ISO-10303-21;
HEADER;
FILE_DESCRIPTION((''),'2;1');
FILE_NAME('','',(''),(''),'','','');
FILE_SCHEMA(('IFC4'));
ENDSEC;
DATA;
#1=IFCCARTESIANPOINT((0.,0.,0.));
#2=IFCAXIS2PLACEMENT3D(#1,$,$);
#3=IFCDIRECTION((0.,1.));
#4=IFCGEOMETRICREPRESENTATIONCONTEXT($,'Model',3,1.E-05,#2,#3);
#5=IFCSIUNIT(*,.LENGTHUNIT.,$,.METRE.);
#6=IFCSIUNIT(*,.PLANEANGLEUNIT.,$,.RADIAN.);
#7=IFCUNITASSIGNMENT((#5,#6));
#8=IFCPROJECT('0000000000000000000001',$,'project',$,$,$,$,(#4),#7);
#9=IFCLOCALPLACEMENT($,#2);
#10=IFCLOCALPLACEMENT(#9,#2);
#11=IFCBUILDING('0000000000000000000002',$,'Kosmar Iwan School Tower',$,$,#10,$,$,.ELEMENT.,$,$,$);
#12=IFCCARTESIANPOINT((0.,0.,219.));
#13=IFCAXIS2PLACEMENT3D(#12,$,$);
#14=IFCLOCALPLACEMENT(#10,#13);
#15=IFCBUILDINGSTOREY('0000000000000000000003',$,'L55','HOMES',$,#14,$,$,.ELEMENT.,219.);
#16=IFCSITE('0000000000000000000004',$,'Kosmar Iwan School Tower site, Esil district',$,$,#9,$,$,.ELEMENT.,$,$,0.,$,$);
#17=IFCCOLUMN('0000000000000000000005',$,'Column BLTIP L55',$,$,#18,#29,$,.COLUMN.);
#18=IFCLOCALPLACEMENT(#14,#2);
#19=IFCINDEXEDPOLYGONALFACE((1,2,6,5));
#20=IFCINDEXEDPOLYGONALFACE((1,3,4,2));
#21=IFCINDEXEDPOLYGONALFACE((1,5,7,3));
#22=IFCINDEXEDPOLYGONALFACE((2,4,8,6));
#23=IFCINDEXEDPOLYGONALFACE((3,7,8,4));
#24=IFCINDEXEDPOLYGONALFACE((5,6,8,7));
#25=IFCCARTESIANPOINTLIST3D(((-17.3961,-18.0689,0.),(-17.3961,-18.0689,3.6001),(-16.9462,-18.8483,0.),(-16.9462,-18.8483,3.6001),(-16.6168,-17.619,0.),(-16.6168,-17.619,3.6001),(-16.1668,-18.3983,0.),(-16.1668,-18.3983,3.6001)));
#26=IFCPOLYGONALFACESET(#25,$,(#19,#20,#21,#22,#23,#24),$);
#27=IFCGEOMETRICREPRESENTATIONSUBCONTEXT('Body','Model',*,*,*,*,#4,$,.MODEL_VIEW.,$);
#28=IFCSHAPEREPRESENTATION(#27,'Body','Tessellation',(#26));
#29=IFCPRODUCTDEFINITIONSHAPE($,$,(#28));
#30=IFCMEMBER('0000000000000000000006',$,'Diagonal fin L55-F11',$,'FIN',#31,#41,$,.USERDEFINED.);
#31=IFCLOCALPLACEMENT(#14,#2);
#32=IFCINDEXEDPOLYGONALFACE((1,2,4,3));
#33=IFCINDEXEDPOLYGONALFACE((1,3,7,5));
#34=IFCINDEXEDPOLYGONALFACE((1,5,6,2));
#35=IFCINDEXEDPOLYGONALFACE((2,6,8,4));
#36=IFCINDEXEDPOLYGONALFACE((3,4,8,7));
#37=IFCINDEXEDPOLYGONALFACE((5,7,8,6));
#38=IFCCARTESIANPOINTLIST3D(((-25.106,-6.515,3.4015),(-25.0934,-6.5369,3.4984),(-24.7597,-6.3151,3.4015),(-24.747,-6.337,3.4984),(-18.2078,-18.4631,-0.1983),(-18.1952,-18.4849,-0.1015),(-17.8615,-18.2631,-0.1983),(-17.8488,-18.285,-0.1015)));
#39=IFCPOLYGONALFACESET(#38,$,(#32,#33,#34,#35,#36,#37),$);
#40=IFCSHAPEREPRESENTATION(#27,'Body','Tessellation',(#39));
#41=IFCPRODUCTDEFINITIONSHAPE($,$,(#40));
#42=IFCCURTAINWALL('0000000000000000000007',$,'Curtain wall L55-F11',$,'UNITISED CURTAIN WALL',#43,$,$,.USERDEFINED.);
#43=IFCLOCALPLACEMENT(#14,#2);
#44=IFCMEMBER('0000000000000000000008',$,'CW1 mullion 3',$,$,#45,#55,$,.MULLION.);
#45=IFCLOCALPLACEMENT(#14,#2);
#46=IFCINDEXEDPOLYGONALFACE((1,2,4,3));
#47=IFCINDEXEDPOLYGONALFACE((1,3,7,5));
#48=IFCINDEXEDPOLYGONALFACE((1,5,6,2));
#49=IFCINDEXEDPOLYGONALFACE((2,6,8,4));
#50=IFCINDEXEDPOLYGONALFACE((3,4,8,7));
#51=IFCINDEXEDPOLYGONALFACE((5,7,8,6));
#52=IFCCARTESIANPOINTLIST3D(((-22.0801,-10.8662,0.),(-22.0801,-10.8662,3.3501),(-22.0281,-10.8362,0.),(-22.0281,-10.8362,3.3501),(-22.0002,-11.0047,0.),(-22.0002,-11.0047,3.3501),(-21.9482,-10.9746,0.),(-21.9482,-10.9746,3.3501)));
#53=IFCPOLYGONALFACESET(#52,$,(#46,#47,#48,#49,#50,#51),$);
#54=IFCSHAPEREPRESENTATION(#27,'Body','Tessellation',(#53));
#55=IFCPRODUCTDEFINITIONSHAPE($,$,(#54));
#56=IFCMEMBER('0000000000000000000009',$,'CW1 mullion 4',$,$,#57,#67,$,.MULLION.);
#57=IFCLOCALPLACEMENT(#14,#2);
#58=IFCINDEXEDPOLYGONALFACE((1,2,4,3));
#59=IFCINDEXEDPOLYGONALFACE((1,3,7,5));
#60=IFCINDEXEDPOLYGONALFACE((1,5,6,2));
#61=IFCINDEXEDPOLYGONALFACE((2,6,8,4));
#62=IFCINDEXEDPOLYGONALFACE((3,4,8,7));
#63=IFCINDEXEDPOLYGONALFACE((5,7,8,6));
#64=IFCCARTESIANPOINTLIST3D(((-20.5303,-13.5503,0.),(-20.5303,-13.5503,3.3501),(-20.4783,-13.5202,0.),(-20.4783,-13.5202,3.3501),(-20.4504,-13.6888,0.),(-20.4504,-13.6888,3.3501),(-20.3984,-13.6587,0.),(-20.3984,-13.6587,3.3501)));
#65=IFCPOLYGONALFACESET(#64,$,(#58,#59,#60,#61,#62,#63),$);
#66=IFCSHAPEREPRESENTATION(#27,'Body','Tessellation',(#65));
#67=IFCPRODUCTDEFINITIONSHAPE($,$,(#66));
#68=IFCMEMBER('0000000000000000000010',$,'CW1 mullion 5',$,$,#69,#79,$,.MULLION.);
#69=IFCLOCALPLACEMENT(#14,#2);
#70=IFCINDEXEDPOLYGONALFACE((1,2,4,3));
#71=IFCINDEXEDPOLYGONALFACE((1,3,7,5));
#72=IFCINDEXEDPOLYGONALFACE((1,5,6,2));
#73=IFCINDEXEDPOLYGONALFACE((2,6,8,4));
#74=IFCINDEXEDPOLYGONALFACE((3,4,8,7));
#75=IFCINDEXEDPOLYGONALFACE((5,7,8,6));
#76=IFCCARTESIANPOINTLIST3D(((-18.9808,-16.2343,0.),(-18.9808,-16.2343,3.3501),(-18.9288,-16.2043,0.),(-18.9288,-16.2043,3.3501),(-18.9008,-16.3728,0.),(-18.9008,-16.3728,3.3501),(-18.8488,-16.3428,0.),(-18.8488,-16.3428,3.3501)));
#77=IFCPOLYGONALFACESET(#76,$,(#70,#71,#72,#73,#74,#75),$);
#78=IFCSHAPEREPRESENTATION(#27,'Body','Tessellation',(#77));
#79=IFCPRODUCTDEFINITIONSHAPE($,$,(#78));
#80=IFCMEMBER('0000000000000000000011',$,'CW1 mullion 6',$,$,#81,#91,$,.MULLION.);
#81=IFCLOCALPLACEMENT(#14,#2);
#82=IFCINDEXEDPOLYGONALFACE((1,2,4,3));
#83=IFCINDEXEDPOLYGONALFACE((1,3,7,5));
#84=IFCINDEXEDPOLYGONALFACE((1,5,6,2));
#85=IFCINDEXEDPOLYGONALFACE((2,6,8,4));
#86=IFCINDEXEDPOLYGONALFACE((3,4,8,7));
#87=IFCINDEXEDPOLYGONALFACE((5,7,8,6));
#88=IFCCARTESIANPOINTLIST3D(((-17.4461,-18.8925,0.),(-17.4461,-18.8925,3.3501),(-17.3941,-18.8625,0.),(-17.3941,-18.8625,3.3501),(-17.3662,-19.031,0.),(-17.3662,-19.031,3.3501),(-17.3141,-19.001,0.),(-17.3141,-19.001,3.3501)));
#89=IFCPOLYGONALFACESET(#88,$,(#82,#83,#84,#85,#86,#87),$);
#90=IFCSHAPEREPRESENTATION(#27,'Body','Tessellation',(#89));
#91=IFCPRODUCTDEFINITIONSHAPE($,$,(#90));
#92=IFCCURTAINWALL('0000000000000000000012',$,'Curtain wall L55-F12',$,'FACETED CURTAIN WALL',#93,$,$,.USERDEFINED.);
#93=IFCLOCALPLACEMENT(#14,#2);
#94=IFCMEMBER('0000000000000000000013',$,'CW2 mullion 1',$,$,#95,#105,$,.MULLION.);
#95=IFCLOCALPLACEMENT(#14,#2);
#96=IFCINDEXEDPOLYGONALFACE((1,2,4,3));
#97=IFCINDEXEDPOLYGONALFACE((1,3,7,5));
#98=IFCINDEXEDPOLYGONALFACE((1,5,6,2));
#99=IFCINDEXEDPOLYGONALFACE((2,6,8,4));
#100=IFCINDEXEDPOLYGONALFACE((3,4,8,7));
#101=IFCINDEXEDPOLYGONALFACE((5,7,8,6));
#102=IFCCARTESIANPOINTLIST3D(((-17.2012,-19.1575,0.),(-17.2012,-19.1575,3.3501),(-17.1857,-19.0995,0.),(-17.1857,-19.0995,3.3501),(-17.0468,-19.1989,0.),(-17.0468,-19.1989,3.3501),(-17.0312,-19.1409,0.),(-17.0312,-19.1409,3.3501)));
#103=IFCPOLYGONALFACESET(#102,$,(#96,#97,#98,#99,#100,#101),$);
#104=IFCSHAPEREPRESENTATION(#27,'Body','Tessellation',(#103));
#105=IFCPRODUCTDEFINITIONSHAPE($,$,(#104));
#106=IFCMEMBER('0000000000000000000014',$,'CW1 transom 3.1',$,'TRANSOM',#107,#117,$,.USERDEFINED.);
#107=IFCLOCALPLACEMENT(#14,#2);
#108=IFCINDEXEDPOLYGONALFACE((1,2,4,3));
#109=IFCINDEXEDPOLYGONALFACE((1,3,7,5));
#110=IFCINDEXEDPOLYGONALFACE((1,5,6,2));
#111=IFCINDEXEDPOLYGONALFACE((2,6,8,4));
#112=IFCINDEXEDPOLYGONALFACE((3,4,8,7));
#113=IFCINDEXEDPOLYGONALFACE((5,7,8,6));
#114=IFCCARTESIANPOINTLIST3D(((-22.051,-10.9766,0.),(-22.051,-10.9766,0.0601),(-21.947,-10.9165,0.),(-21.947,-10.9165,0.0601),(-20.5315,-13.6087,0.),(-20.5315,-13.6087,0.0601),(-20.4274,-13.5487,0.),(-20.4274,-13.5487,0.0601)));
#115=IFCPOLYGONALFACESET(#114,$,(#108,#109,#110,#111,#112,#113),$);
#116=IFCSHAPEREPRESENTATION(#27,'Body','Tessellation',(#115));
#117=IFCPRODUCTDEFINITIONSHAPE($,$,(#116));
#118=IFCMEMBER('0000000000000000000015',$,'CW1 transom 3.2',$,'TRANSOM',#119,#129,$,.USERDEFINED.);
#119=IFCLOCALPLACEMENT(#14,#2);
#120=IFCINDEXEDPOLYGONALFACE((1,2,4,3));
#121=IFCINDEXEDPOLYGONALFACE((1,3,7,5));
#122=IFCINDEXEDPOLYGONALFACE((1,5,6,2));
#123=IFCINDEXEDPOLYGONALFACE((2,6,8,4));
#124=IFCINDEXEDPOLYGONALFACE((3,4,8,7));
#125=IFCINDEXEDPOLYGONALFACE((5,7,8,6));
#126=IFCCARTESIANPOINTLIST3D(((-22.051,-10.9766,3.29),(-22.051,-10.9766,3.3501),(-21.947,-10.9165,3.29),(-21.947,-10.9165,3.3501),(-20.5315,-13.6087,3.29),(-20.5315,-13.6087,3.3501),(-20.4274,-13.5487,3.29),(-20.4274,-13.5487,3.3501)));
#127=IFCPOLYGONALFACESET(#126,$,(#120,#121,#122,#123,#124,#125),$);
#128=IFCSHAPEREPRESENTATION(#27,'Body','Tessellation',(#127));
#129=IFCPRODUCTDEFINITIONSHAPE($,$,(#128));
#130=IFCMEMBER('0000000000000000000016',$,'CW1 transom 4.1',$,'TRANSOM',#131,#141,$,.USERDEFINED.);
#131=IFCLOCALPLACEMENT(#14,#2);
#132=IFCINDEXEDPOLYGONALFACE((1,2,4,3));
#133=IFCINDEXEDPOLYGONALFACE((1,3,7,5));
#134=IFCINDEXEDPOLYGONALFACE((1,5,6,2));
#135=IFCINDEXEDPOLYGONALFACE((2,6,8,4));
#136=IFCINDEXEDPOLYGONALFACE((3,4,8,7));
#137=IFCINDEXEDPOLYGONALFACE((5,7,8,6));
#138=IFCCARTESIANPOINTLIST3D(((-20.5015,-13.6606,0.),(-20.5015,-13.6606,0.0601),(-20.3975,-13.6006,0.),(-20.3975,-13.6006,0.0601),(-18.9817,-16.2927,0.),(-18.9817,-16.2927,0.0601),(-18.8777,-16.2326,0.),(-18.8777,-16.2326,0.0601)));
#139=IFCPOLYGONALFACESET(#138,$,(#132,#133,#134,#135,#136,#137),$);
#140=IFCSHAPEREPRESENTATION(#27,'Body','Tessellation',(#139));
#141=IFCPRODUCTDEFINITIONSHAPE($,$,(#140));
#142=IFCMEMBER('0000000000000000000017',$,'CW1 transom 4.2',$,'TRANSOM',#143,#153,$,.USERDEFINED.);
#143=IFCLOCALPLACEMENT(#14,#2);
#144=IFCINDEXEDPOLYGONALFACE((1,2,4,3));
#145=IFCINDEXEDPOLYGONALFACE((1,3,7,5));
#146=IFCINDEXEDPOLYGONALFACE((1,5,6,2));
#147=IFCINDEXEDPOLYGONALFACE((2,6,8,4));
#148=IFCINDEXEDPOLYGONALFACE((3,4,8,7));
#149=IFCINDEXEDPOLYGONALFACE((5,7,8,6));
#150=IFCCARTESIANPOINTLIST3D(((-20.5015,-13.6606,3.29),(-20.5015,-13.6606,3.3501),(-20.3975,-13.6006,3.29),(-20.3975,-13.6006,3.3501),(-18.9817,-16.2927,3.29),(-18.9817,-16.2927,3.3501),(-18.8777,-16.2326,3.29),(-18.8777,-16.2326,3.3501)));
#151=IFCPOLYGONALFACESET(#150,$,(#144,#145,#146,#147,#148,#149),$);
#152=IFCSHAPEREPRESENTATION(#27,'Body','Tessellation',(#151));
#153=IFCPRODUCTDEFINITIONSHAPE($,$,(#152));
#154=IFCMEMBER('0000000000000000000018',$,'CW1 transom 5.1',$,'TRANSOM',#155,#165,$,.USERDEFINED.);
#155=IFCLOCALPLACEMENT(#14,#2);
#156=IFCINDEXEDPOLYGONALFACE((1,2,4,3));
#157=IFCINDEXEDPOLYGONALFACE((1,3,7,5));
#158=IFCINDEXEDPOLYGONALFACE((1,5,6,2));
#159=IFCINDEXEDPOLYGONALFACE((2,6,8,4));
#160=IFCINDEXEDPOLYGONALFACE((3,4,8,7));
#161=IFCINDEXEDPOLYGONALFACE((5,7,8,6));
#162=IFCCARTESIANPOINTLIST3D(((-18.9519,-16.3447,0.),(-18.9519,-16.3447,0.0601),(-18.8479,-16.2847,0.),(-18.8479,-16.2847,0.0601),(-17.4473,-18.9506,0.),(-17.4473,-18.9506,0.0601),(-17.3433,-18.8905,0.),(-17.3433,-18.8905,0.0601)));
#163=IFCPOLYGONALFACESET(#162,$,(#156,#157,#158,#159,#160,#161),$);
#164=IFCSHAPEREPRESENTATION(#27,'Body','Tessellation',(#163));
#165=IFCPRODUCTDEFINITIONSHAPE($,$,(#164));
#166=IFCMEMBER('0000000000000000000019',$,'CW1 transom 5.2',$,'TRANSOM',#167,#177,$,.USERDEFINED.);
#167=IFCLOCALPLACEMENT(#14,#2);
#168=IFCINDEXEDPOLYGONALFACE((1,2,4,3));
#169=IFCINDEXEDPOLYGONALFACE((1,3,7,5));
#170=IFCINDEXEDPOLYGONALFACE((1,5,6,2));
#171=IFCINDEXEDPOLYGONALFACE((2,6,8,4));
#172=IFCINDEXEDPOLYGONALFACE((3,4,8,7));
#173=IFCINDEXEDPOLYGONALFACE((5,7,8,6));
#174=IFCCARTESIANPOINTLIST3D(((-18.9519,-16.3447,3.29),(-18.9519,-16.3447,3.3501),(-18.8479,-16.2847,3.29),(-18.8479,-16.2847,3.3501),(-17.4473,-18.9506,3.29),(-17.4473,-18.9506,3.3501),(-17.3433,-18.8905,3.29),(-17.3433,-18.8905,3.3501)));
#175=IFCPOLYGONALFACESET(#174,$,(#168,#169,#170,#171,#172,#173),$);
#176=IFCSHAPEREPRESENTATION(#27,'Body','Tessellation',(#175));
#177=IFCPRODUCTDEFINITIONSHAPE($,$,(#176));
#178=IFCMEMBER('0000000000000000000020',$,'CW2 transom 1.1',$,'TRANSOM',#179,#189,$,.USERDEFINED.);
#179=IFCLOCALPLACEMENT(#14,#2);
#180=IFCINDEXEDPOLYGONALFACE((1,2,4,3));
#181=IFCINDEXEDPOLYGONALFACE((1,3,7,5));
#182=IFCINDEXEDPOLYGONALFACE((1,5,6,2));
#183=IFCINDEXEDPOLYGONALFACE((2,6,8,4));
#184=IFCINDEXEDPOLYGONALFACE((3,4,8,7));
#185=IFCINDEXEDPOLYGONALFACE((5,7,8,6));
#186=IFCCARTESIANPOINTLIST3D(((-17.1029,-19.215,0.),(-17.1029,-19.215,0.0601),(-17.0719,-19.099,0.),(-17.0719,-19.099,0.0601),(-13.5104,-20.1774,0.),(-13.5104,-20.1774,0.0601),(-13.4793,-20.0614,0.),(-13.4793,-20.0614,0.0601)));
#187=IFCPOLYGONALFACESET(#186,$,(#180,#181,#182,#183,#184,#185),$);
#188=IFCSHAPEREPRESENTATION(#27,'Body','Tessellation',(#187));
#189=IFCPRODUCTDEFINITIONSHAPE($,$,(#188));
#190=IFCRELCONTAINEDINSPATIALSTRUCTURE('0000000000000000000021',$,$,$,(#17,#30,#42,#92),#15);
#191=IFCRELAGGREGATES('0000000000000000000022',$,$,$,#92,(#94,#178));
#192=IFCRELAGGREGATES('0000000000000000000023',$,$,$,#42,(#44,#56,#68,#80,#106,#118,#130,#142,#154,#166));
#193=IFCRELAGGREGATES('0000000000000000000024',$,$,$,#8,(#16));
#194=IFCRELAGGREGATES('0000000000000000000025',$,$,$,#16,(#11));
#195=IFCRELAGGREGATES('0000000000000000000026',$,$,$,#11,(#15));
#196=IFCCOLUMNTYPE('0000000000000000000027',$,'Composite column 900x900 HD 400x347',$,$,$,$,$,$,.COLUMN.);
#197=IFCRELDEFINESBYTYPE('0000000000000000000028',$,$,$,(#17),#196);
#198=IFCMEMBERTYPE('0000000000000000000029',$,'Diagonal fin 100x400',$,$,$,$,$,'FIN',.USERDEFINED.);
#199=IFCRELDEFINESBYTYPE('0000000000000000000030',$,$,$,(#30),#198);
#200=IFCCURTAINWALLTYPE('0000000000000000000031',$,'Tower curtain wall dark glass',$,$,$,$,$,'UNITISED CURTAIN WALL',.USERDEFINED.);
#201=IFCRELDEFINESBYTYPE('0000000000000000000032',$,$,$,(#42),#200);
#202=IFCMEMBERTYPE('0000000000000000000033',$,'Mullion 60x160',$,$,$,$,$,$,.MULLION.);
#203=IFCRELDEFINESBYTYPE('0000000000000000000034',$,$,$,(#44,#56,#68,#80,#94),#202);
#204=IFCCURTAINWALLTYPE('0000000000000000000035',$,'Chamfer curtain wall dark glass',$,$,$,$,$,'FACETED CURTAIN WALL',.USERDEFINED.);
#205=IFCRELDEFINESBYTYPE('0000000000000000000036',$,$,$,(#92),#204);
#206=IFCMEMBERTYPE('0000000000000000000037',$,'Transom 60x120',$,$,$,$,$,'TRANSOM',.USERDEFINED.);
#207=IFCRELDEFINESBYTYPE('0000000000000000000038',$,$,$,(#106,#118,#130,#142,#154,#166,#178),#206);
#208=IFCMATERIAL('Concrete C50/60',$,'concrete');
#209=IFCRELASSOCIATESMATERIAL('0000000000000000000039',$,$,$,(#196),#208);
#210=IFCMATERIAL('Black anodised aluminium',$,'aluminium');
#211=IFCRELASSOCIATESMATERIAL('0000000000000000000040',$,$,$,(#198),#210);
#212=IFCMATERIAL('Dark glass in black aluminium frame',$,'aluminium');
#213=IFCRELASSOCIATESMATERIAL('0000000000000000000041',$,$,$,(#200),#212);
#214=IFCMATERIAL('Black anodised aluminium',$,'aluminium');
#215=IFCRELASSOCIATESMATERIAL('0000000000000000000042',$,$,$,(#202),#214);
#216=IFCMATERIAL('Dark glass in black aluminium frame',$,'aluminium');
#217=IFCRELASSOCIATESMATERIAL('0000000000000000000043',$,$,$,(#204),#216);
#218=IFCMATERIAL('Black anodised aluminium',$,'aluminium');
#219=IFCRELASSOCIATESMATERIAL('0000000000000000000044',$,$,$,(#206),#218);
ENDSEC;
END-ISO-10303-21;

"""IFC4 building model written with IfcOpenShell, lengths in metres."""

from ifc_helpers import new_model, si_unit, direction, frame, origin, origin_2d, place, context, subcontext, project, spatial, rectangle, extrude, material, material_profile, profile_set, type_object, element, aggregate, save


model = new_model("IFC4")

# Units and contexts
model_context = context("Model", 3, precision=1e-05, world=origin(), true_north=direction((0.0, 1.0)))
body_context = subcontext(model_context, "Body", "Model", "MODEL_VIEW")
ifc_project = project(units=[si_unit("LENGTHUNIT", "METRE"), si_unit("PLANEANGLEUNIT", "RADIAN")], contexts=[model_context])

# Site, building, storey
site_placement = place(None, origin())
site = spatial("IfcSite", under=ifc_project, at=site_placement, Name="Kosmar Iwan School Tower site, Esil district", CompositionType="ELEMENT", RefElevation=0.0)
building_placement = place(site_placement, origin())
building = spatial("IfcBuilding", under=site, at=building_placement, Name="Kosmar Iwan School Tower", CompositionType="ELEMENT")
storey_placement = place(building_placement, frame((0.0, 0.0, 219.0)))
storey = spatial("IfcBuildingStorey", under=building, at=storey_placement, Name="L55", Description="HOMES", CompositionType="ELEMENT", Elevation=219.0)

# Column
ifc_material_1 = material(Name="Concrete C50/60", Category="concrete")
ifc_material_profile_1 = material_profile(ifc_material_1, rectangle(XDim=0.8999, YDim=0.8999, at=origin_2d()), Name="RC 900x900 + HD 400x347")
ifc_profile_set_1 = profile_set([ifc_material_profile_1], Name="Concrete C50/60")
column_type = type_object("IfcColumnType", Name="Composite column 900x900 HD 400x347", PredefinedType="COLUMN", material=ifc_profile_set_1)
column_placement = place(storey_placement, frame((-16.7815, -18.2336, 0.0), z_axis=(0.0, 0.0, 1.0), x_axis=(-0.866025, -0.5, 0.0)))
element("IfcColumn", 1, at=column_placement, inside=storey, type_object=column_type, Name="Column BLTIP L55", PredefinedType="COLUMN", context=body_context, shape_type="SweptSolid", body=[
    extrude(rectangle(XDim=0.8999, YDim=0.8999, at=origin_2d()), origin(), (0.0, 0.0, 1.0), 3.6001),
])

# Member
ifc_material_2 = material(Name="Black anodised aluminium", Category="aluminium")
ifc_material_profile_2 = material_profile(ifc_material_2, rectangle(XDim=0.1001, YDim=0.3999, at=origin_2d()), Name="FIN 100x400")
ifc_profile_set_2 = profile_set([ifc_material_profile_2], Name="Black anodised aluminium")
member_type_1 = type_object("IfcMemberType", Name="Diagonal fin 100x400", ElementType="FIN", PredefinedType="USERDEFINED", material=ifc_profile_set_2)
member_1_placement = place(storey_placement, frame((-18.0283, -18.374, -0.1499), z_axis=(-0.483802, 0.837969, 0.252475), x_axis=(0.126237, -0.218649, 0.967604)))
element("IfcMember", 2, at=member_1_placement, inside=storey, type_object=member_type_1, Name="Diagonal fin L55-F11", ObjectType="FIN", PredefinedType="USERDEFINED", context=body_context, shape_type="SweptSolid", body=[
    extrude(rectangle(XDim=0.1001, YDim=0.3999, at=origin_2d()), origin(), (0.0, 0.0, 1.0), 14.2583),
])

# Curtain wall, members
ifc_material_3 = material(Name="Dark glass in black aluminium frame", Category="aluminium")
curtain_wall_type_1 = type_object("IfcCurtainWallType", Name="Tower curtain wall dark glass", ElementType="UNITISED CURTAIN WALL", PredefinedType="USERDEFINED", material=ifc_material_3)
curtain_wall_1_placement = place(storey_placement, origin())
curtain_wall_1 = element("IfcCurtainWall", 3, at=curtain_wall_1_placement, inside=storey, type_object=curtain_wall_type_1, Name="Curtain wall L55-F11", ObjectType="UNITISED CURTAIN WALL", PredefinedType="USERDEFINED")
ifc_material_4 = material(Name="Black anodised aluminium", Category="aluminium")
ifc_material_profile_3 = material_profile(ifc_material_4, rectangle(XDim=0.0601, YDim=0.1599, at=origin_2d()), Name="MULLION 60x160")
ifc_profile_set_3 = profile_set([ifc_material_profile_3], Name="Black anodised aluminium")
member_type_2 = type_object("IfcMemberType", Name="Mullion 60x160", PredefinedType="MULLION", material=ifc_profile_set_3)
member_2_placement = place(storey_placement, frame((-22.0142, -10.9204, 0.0), z_axis=(0.0, 0.0, 1.0), x_axis=(0.866025, 0.5, 0.0)))
member_2 = element("IfcMember", 4, at=member_2_placement, type_object=member_type_2, Name="CW1 mullion 3", PredefinedType="MULLION", context=body_context, shape_type="SweptSolid", body=[
    extrude(rectangle(XDim=0.0601, YDim=0.1599, at=origin_2d()), origin(), (0.0, 0.0, 1.0), 3.3501),
])
member_3_placement = place(storey_placement, frame((-20.4644, -13.6045, 0.0), z_axis=(0.0, 0.0, 1.0), x_axis=(0.866025, 0.5, 0.0)))
member_3 = element("IfcMember", 5, at=member_3_placement, type_object=member_type_2, Name="CW1 mullion 4", PredefinedType="MULLION", context=body_context, shape_type="SweptSolid", body=[
    extrude(rectangle(XDim=0.0601, YDim=0.1599, at=origin_2d()), origin(), (0.0, 0.0, 1.0), 3.3501),
])
member_4_placement = place(storey_placement, frame((-18.9148, -16.2886, 0.0), z_axis=(0.0, 0.0, 1.0), x_axis=(0.866025, 0.5, 0.0)))
member_4 = element("IfcMember", 6, at=member_4_placement, type_object=member_type_2, Name="CW1 mullion 5", PredefinedType="MULLION", context=body_context, shape_type="SweptSolid", body=[
    extrude(rectangle(XDim=0.0601, YDim=0.1599, at=origin_2d()), origin(), (0.0, 0.0, 1.0), 3.3501),
])
member_5_placement = place(storey_placement, frame((-17.3801, -18.9468, 0.0), z_axis=(0.0, 0.0, 1.0), x_axis=(0.866025, 0.5, 0.0)))
member_5 = element("IfcMember", 7, at=member_5_placement, type_object=member_type_2, Name="CW1 mullion 6", PredefinedType="MULLION", context=body_context, shape_type="SweptSolid", body=[
    extrude(rectangle(XDim=0.0601, YDim=0.1599, at=origin_2d()), origin(), (0.0, 0.0, 1.0), 3.3501),
])

# Curtain wall, member
ifc_material_5 = material(Name="Dark glass in black aluminium frame", Category="aluminium")
curtain_wall_type_2 = type_object("IfcCurtainWallType", Name="Chamfer curtain wall dark glass", ElementType="FACETED CURTAIN WALL", PredefinedType="USERDEFINED", material=ifc_material_5)
curtain_wall_2_placement = place(storey_placement, origin())
curtain_wall_2 = element("IfcCurtainWall", 8, at=curtain_wall_2_placement, inside=storey, type_object=curtain_wall_type_2, Name="Curtain wall L55-F12", ObjectType="FACETED CURTAIN WALL", PredefinedType="USERDEFINED")
member_6_placement = place(storey_placement, frame((-17.1162, -19.1492, 0.0), z_axis=(0.0, 0.0, 1.0), x_axis=(0.258819, 0.965926, 0.0)))
member_6 = element("IfcMember", 9, at=member_6_placement, type_object=member_type_2, Name="CW2 mullion 1", PredefinedType="MULLION", context=body_context, shape_type="SweptSolid", body=[
    extrude(rectangle(XDim=0.0601, YDim=0.1599, at=origin_2d()), origin(), (0.0, 0.0, 1.0), 3.3501),
])

# Members
ifc_material_6 = material(Name="Black anodised aluminium", Category="aluminium")
ifc_material_profile_4 = material_profile(ifc_material_6, rectangle(XDim=0.1201, YDim=0.0601, at=origin_2d()), Name="TRANSOM 60x120")
ifc_profile_set_4 = profile_set([ifc_material_profile_4], Name="Black anodised aluminium")
member_type_3 = type_object("IfcMemberType", Name="Transom 60x120", ElementType="TRANSOM", PredefinedType="USERDEFINED", material=ifc_profile_set_4)
member_7_placement = place(storey_placement, frame((-21.999, -10.9465, 0.03), z_axis=(0.499975, -0.86604, 0.0), x_axis=(0.86604, 0.499975, 0.0)))
member_7 = element("IfcMember", 10, at=member_7_placement, type_object=member_type_3, Name="CW1 transom 3.1", ObjectType="TRANSOM", PredefinedType="USERDEFINED", context=body_context, shape_type="SweptSolid", body=[
    extrude(rectangle(XDim=0.1201, YDim=0.0601, at=origin_2d()), origin(), (0.0, 0.0, 1.0), 3.0393),
])
member_8_placement = place(storey_placement, frame((-21.999, -10.9465, 3.3201), z_axis=(0.499975, -0.86604, 0.0), x_axis=(0.86604, 0.499975, 0.0)))
member_8 = element("IfcMember", 11, at=member_8_placement, type_object=member_type_3, Name="CW1 transom 3.2", ObjectType="TRANSOM", PredefinedType="USERDEFINED", context=body_context, shape_type="SweptSolid", body=[
    extrude(rectangle(XDim=0.1201, YDim=0.0601, at=origin_2d()), origin(), (0.0, 0.0, 1.0), 3.0393),
])
member_9_placement = place(storey_placement, frame((-20.4495, -13.6306, 0.03), z_axis=(0.500035, -0.866005, 0.0), x_axis=(0.866005, 0.500035, 0.0)))
member_9 = element("IfcMember", 12, at=member_9_placement, type_object=member_type_3, Name="CW1 transom 4.1", ObjectType="TRANSOM", PredefinedType="USERDEFINED", context=body_context, shape_type="SweptSolid", body=[
    extrude(rectangle(XDim=0.1201, YDim=0.0601, at=origin_2d()), origin(), (0.0, 0.0, 1.0), 3.0393),
])
member_10_placement = place(storey_placement, frame((-20.4495, -13.6306, 3.3201), z_axis=(0.500035, -0.866005, 0.0), x_axis=(0.866005, 0.500035, 0.0)))
member_10 = element("IfcMember", 13, at=member_10_placement, type_object=member_type_3, Name="CW1 transom 4.2", ObjectType="TRANSOM", PredefinedType="USERDEFINED", context=body_context, shape_type="SweptSolid", body=[
    extrude(rectangle(XDim=0.1201, YDim=0.0601, at=origin_2d()), origin(), (0.0, 0.0, 1.0), 3.0393),
])
member_11_placement = place(storey_placement, frame((-18.8999, -16.3147, 0.03), z_axis=(0.500022, -0.866013, 0.0), x_axis=(0.866013, 0.500022, 0.0)))
member_11 = element("IfcMember", 14, at=member_11_placement, type_object=member_type_3, Name="CW1 transom 5.1", ObjectType="TRANSOM", PredefinedType="USERDEFINED", context=body_context, shape_type="SweptSolid", body=[
    extrude(rectangle(XDim=0.1201, YDim=0.0601, at=origin_2d()), origin(), (0.0, 0.0, 1.0), 3.009),
])
member_12_placement = place(storey_placement, frame((-18.8999, -16.3147, 3.3201), z_axis=(0.500022, -0.866013, 0.0), x_axis=(0.866013, 0.500022, 0.0)))
member_12 = element("IfcMember", 15, at=member_12_placement, type_object=member_type_3, Name="CW1 transom 5.2", ObjectType="TRANSOM", PredefinedType="USERDEFINED", context=body_context, shape_type="SweptSolid", body=[
    extrude(rectangle(XDim=0.1201, YDim=0.0601, at=origin_2d()), origin(), (0.0, 0.0, 1.0), 3.009),
])
member_13_placement = place(storey_placement, frame((-17.0874, -19.157, 0.03), z_axis=(0.96594, -0.258766, 0.0), x_axis=(0.258766, 0.96594, 0.0)))
member_13 = element("IfcMember", 16, at=member_13_placement, type_object=member_type_3, Name="CW2 transom 1.1", ObjectType="TRANSOM", PredefinedType="USERDEFINED", context=body_context, shape_type="SweptSolid", body=[
    extrude(rectangle(XDim=0.1201, YDim=0.0601, at=origin_2d()), origin(), (0.0, 0.0, 1.0), 3.7192),
])
aggregate(curtain_wall_2, [member_6, member_13])

aggregate(curtain_wall_1, [member_2, member_3, member_4, member_5, member_7, member_8, member_9, member_10, member_11, member_12])

save(model, "model.ifc")
